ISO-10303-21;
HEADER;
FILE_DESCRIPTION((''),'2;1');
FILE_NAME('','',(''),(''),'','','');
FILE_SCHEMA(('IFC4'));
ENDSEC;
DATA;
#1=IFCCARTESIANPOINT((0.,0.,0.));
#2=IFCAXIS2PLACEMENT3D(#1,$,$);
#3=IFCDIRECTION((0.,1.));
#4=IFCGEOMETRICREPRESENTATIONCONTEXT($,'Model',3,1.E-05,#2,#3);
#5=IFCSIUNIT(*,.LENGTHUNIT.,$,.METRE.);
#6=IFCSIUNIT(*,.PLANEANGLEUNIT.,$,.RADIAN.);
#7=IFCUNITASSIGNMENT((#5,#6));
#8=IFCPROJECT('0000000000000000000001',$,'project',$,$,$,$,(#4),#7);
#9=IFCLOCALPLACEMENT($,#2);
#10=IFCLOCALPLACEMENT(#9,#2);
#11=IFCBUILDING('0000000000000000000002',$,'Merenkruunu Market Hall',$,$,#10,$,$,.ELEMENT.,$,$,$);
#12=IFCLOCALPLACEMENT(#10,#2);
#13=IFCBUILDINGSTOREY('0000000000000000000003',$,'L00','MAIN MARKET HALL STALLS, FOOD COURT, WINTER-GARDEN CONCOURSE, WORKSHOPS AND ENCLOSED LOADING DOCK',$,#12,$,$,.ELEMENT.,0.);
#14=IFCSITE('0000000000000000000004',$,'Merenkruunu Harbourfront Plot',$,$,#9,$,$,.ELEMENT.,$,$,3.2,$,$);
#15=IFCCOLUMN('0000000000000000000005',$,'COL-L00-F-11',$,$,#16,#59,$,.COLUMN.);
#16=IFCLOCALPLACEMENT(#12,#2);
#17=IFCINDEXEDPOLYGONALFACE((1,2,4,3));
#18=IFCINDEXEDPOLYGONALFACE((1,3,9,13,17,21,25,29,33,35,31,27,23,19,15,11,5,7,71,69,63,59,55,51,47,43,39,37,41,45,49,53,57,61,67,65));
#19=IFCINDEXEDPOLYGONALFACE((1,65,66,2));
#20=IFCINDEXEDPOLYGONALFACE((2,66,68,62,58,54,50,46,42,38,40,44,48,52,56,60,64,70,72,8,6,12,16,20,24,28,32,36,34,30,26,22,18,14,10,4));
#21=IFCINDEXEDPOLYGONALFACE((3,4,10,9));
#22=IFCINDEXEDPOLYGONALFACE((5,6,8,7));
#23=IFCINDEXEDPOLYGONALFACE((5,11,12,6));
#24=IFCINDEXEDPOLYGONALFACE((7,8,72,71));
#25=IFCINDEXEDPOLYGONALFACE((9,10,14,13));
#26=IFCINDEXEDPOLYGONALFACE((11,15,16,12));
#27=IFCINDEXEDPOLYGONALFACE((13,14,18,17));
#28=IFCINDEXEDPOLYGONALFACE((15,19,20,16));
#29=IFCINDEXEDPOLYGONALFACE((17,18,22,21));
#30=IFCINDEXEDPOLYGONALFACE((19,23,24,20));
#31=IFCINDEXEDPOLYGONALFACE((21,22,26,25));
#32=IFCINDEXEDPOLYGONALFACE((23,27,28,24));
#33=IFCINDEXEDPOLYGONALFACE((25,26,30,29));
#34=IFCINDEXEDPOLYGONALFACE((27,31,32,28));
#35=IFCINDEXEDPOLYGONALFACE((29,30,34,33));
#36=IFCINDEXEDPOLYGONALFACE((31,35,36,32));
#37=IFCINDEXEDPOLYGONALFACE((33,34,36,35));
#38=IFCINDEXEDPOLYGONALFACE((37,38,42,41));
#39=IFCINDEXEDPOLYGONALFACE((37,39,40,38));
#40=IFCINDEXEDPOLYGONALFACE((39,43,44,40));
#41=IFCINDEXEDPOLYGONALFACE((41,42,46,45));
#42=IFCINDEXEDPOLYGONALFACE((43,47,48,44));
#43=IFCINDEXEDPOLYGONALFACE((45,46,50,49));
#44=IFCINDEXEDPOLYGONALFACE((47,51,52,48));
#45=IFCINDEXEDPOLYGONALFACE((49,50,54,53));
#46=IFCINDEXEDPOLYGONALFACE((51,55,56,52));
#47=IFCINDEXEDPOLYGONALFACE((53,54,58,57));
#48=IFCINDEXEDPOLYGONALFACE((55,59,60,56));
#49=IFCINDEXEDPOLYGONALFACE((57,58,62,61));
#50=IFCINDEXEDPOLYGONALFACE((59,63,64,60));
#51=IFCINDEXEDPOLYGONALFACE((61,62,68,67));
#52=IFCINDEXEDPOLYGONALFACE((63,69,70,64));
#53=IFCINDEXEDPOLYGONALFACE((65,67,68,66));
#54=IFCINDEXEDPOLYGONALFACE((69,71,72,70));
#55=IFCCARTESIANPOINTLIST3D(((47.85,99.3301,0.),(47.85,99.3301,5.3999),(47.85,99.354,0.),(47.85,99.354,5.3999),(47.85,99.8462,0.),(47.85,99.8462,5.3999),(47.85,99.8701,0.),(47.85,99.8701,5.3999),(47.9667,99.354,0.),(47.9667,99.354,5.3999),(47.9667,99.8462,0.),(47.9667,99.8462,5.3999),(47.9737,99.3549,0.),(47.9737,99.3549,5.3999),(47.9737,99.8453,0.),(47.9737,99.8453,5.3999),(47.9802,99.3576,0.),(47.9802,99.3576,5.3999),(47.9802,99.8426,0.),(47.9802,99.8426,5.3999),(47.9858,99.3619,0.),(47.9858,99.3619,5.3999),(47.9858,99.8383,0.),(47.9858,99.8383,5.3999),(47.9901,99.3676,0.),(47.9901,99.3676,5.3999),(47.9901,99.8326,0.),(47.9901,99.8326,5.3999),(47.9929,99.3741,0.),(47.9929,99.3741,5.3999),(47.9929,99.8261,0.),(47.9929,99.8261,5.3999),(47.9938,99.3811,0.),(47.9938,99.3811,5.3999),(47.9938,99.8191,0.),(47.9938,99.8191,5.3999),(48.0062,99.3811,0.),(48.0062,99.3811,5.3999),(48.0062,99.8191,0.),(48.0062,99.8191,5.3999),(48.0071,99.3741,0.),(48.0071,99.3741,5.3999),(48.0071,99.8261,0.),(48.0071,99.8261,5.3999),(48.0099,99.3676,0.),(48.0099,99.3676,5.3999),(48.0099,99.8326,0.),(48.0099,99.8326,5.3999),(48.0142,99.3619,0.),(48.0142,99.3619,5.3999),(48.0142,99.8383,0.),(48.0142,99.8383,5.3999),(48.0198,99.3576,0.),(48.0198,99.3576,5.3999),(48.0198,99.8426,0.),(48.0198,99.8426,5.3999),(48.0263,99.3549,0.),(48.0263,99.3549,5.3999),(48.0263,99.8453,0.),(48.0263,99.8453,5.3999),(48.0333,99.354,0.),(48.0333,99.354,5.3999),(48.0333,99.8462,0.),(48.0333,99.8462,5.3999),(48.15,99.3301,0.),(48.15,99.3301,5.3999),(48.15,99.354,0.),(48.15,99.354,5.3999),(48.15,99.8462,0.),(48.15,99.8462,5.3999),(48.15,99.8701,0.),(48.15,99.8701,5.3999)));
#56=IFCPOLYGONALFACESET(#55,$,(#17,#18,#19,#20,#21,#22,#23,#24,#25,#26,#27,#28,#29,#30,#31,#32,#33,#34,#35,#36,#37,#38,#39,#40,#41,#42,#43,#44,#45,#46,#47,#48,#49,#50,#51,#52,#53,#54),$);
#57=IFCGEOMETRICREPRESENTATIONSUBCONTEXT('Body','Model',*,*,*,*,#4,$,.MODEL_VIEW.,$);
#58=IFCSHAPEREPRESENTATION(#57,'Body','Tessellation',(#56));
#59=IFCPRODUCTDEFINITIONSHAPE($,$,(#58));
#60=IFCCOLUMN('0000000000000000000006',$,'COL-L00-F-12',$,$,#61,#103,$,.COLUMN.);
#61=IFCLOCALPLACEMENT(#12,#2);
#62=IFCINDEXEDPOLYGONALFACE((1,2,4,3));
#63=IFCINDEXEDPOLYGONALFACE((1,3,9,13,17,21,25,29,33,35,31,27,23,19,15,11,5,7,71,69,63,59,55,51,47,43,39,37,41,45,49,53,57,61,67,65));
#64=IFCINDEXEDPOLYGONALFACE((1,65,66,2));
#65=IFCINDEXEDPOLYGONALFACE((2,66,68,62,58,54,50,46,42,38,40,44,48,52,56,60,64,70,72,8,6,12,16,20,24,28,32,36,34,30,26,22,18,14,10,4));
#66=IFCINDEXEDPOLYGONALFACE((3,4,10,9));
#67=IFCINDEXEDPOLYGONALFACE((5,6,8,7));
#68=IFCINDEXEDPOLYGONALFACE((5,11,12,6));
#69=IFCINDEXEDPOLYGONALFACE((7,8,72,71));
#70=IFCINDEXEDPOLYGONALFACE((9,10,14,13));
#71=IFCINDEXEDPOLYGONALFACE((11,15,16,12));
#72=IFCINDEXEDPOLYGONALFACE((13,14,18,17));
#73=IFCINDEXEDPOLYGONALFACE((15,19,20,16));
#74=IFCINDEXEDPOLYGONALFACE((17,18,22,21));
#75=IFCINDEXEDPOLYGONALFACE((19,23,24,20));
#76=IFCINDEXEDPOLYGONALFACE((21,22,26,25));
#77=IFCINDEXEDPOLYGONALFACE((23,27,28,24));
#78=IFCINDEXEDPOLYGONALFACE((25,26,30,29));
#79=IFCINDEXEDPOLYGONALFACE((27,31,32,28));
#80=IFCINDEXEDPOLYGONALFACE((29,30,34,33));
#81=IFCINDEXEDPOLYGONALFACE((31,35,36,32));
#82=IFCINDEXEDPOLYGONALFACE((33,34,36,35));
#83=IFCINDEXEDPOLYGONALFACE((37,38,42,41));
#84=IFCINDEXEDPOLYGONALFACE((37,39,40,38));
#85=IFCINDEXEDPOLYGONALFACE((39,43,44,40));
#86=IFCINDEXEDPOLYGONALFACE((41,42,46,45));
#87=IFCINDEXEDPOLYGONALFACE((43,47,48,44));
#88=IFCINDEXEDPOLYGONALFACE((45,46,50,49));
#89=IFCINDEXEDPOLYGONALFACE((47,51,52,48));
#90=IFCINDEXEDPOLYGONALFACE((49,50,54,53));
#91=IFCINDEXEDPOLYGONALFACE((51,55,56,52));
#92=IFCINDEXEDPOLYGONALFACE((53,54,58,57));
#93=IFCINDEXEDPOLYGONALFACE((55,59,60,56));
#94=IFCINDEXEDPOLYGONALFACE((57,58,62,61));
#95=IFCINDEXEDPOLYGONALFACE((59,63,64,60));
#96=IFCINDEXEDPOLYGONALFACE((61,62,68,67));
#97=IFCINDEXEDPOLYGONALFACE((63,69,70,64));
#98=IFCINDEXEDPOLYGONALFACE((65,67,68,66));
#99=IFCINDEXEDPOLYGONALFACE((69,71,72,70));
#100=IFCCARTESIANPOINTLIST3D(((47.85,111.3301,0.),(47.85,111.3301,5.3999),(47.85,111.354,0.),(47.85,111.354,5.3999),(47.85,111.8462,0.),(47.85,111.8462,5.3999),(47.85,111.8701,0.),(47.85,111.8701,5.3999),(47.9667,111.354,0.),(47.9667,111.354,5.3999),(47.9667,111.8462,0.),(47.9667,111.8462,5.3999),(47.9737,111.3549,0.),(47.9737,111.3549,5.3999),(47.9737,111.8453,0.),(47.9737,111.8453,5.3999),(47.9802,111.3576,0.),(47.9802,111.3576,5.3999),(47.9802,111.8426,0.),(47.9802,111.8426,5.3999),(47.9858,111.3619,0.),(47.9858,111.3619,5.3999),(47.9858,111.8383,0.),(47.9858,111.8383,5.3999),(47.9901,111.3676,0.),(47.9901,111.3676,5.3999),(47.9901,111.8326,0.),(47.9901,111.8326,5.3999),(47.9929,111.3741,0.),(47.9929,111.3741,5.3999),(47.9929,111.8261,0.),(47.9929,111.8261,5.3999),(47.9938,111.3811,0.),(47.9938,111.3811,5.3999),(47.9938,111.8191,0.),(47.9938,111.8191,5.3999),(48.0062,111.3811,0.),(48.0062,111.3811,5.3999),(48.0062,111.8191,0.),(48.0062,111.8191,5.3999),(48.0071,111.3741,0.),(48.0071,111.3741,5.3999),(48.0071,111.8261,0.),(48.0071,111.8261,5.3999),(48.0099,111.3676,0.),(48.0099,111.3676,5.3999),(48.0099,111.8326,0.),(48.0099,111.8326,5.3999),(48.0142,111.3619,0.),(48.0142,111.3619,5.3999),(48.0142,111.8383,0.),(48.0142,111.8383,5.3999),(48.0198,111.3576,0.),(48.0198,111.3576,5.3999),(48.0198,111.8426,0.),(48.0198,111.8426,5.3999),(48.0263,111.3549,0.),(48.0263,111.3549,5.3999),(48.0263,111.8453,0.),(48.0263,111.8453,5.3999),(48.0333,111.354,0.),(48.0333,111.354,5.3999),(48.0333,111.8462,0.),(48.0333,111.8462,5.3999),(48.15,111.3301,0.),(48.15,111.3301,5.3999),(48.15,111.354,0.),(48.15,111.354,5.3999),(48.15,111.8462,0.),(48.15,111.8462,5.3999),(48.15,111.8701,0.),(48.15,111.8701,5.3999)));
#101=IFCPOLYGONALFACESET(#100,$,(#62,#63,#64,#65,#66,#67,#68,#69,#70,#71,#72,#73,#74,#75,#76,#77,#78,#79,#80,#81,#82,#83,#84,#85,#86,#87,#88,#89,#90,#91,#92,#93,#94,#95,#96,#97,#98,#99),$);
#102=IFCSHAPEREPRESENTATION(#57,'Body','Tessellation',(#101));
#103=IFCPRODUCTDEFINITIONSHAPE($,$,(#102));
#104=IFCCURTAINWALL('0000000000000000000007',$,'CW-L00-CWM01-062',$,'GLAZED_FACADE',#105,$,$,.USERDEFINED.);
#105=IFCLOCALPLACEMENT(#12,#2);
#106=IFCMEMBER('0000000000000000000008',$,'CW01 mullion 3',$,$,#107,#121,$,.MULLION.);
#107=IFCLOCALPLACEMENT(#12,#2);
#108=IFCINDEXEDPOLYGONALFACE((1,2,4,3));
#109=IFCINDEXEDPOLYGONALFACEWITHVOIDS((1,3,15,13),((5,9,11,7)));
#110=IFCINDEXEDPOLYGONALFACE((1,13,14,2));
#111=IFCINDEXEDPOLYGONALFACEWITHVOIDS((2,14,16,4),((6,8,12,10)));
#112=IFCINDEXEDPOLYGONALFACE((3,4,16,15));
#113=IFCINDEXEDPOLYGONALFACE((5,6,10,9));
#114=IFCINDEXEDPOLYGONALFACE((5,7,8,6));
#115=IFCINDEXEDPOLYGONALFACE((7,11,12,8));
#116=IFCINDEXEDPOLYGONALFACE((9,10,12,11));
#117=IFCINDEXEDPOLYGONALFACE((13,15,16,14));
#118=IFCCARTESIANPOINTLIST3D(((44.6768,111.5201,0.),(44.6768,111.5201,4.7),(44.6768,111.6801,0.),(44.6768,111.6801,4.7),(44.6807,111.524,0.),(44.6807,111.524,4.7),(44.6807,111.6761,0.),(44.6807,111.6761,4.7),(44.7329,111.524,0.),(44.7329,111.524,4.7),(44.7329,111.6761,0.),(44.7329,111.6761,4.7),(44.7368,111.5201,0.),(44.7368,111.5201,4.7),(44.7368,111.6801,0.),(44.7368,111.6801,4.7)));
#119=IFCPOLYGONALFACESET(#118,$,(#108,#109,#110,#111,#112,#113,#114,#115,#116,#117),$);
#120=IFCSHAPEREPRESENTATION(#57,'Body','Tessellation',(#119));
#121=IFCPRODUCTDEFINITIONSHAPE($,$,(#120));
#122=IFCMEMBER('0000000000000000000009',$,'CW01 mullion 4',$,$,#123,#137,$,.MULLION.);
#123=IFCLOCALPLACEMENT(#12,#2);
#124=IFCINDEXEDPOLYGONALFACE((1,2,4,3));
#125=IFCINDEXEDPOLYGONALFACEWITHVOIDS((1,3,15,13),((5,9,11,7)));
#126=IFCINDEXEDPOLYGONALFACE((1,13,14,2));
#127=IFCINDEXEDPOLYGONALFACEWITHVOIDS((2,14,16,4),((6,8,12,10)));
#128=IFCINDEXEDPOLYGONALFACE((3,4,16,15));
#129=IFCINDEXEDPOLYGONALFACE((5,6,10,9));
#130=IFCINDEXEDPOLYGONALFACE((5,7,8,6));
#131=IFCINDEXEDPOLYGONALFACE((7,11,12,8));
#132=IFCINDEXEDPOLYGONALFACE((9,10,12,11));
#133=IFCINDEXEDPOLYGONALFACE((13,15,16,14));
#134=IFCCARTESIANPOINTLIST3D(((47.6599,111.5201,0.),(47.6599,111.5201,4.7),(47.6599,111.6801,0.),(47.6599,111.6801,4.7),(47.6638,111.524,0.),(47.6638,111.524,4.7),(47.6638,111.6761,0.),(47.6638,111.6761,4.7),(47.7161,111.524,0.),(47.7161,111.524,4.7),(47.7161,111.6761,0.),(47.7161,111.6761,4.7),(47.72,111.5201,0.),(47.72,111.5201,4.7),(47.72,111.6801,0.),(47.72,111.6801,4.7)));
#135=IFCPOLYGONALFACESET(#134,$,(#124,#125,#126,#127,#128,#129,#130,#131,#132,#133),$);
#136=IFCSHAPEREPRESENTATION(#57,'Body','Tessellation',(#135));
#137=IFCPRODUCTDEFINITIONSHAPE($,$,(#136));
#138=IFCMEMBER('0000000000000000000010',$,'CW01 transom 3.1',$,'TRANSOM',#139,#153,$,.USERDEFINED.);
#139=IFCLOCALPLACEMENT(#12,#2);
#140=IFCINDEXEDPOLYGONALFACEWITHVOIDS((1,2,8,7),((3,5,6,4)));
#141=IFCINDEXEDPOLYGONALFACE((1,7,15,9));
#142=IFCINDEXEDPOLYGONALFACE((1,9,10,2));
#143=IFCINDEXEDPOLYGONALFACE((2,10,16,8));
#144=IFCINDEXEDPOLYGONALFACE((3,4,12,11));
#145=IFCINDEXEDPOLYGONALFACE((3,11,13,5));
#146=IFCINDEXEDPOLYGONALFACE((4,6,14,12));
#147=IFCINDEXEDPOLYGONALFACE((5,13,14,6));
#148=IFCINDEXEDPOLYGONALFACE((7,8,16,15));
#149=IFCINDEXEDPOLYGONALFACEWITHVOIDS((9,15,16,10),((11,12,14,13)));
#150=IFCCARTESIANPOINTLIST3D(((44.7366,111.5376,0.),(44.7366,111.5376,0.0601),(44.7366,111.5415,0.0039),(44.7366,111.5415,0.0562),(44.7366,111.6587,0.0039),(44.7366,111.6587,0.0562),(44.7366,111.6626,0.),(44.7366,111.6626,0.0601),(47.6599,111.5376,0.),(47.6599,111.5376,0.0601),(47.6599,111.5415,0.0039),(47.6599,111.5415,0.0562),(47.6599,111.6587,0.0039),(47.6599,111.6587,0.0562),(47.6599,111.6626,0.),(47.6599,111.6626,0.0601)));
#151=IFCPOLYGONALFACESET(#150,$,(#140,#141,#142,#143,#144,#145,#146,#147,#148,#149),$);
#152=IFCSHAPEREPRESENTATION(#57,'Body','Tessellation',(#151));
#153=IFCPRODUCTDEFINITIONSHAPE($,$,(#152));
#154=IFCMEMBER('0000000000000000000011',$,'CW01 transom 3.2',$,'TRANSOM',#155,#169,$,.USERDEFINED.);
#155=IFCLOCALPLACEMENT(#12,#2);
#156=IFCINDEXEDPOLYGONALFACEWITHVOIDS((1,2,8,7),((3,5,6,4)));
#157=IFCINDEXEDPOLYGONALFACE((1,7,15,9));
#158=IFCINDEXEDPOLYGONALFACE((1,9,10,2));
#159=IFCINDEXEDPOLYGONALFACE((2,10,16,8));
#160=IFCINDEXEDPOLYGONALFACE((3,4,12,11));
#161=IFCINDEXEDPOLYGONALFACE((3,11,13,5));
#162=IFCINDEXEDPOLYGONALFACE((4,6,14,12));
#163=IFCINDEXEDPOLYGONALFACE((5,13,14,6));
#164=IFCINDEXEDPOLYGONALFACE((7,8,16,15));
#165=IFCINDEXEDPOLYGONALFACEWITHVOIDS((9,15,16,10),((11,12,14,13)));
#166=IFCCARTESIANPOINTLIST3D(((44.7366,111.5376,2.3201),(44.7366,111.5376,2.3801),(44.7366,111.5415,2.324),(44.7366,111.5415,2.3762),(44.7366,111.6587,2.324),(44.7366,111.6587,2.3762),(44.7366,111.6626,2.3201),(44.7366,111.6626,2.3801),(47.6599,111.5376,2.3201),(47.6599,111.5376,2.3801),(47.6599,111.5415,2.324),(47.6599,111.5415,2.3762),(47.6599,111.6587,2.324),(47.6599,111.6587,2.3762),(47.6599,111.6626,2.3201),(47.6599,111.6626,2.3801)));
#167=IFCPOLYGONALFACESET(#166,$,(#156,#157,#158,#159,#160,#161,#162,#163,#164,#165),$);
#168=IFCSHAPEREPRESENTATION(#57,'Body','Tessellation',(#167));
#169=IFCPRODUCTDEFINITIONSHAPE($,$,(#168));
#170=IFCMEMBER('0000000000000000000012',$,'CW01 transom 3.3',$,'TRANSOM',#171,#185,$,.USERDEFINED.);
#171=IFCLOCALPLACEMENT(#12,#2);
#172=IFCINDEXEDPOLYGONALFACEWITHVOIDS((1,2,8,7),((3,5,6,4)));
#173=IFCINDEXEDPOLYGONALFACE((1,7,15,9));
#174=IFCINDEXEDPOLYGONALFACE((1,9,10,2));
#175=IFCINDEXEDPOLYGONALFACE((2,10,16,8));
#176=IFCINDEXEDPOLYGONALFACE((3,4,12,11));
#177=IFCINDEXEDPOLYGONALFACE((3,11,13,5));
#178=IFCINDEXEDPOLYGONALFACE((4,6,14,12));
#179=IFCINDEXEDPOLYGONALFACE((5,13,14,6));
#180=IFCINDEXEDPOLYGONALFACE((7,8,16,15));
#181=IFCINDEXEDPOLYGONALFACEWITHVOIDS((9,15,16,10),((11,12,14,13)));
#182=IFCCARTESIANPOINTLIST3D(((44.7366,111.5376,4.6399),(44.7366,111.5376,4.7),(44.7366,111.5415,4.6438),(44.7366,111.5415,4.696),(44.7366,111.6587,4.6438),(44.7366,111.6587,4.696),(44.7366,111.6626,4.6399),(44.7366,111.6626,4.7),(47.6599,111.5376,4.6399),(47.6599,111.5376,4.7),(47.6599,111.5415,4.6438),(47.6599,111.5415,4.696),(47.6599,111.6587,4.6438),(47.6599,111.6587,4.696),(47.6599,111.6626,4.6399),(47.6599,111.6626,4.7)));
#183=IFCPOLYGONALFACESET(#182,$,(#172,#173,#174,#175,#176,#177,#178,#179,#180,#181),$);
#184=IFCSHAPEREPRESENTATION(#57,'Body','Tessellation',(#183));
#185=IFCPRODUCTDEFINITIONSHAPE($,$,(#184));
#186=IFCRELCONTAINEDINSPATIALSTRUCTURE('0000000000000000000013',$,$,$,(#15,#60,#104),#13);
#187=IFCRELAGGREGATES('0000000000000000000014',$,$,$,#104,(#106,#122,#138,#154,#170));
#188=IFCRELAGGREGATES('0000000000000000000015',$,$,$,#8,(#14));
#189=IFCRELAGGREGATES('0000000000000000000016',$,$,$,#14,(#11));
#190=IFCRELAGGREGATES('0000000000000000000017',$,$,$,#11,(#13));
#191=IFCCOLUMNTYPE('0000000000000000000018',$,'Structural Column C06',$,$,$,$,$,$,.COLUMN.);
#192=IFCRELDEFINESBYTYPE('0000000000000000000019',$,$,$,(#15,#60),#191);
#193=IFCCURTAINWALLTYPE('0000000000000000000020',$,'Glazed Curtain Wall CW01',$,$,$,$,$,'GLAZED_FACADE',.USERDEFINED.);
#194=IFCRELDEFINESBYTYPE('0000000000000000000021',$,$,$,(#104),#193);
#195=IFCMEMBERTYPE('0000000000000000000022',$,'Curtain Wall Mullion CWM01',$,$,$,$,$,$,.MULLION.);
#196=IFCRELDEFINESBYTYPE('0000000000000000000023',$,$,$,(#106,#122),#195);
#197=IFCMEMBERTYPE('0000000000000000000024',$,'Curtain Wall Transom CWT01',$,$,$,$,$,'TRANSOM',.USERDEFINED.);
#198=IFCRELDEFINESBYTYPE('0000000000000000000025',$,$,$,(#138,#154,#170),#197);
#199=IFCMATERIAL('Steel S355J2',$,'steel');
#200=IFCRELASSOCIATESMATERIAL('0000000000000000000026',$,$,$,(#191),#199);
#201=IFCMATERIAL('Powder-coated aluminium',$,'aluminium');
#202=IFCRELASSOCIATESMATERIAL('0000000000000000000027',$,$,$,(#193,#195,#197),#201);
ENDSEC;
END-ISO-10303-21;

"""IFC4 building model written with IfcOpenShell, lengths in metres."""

from ifc_helpers import new_model, si_unit, direction, frame, origin, origin_2d, place, context, subcontext, project, spatial, hollow_rectangle, i_section, extrude, material, material_profile, profile_set, type_object, element, aggregate, save


model = new_model("IFC4")

# Units and contexts
model_context = context("Model", 3, precision=1e-05, world=origin(), true_north=direction((0.0, 1.0)))
body_context = subcontext(model_context, "Body", "Model", "MODEL_VIEW")
ifc_project = project(units=[si_unit("LENGTHUNIT", "METRE"), si_unit("PLANEANGLEUNIT", "RADIAN")], contexts=[model_context])

# Site, building, storey
site_placement = place(None, origin())
site = spatial("IfcSite", under=ifc_project, at=site_placement, Name="Merenkruunu Harbourfront Plot", CompositionType="ELEMENT", RefElevation=3.2)
building_placement = place(site_placement, origin())
building = spatial("IfcBuilding", under=site, at=building_placement, Name="Merenkruunu Market Hall", CompositionType="ELEMENT")
storey_placement = place(building_placement, origin())
storey = spatial("IfcBuildingStorey", under=building, at=storey_placement, Name="L00", Description="MAIN MARKET HALL STALLS, FOOD COURT, WINTER-GARDEN CONCOURSE, WORKSHOPS AND ENCLOSED LOADING DOCK", CompositionType="ELEMENT", Elevation=0.0)

# Columns
ifc_material_1 = material(Name="Steel S355J2", Category="steel")
ifc_material_profile_1 = material_profile(ifc_material_1, i_section(OverallWidth=0.3, OverallDepth=0.54, WebThickness=0.0125, FlangeThickness=0.0239, FilletRadius=0.0271, at=origin_2d()), Name="HEA 550")
ifc_profile_set_1 = profile_set([ifc_material_profile_1], Name="Steel S355J2")
column_type = type_object("IfcColumnType", Name="Structural Column C06", PredefinedType="COLUMN", material=ifc_profile_set_1)
for number, where, z_axis, x_axis, name in (
    (1, (48.0, 99.6001, 0.0), (0.0, 0.0, 1.0), (1.0, 0.0, 0.0), "COL-L00-F-11"),
    (2, (48.0, 111.6001, 0.0), (0.0, 0.0, 1.0), (1.0, 0.0, 0.0), "COL-L00-F-12"),
):
    element("IfcColumn", number, at=place(storey_placement, frame(where, z_axis=z_axis, x_axis=x_axis)), inside=storey, type_object=column_type, Name=name, PredefinedType="COLUMN", context=body_context, shape_type="SweptSolid", body=[
        extrude(i_section(OverallWidth=0.3, OverallDepth=0.54, WebThickness=0.0125, FlangeThickness=0.0239, FilletRadius=0.0271, at=origin_2d()), origin(), (0.0, 0.0, 1.0), 5.3999),
    ])

# Curtain wall, members
ifc_material_2 = material(Name="Powder-coated aluminium", Category="aluminium")
curtain_wall_type = type_object("IfcCurtainWallType", Name="Glazed Curtain Wall CW01", ElementType="GLAZED_FACADE", PredefinedType="USERDEFINED", material=ifc_material_2)
curtain_wall_placement = place(storey_placement, origin())
curtain_wall = element("IfcCurtainWall", 3, at=curtain_wall_placement, inside=storey, type_object=curtain_wall_type, Name="CW-L00-CWM01-062", ObjectType="GLAZED_FACADE", PredefinedType="USERDEFINED")
ifc_material_profile_2 = material_profile(ifc_material_2, hollow_rectangle(XDim=0.0601, YDim=0.1599, WallThickness=0.0039, at=origin_2d()), Name="ALU 60x160x4")
ifc_profile_set_2 = profile_set([ifc_material_profile_2], Name="Powder-coated aluminium")
member_type_1 = type_object("IfcMemberType", Name="Curtain Wall Mullion CWM01", PredefinedType="MULLION", material=ifc_profile_set_2)
member_1_placement = place(storey_placement, frame((44.7068, 111.6001, 0.0), z_axis=(0.0, 0.0, 1.0), x_axis=(1.0, 0.0, 0.0)))
member_1 = element("IfcMember", 4, at=member_1_placement, type_object=member_type_1, Name="CW01 mullion 3", PredefinedType="MULLION", context=body_context, shape_type="SweptSolid", body=[
    extrude(hollow_rectangle(XDim=0.0601, YDim=0.1599, WallThickness=0.0039, at=origin_2d()), origin(), (0.0, 0.0, 1.0), 4.7),
])
member_2_placement = place(storey_placement, frame((47.6899, 111.6001, 0.0), z_axis=(0.0, 0.0, 1.0), x_axis=(1.0, 0.0, 0.0)))
member_2 = element("IfcMember", 5, at=member_2_placement, type_object=member_type_1, Name="CW01 mullion 4", PredefinedType="MULLION", context=body_context, shape_type="SweptSolid", body=[
    extrude(hollow_rectangle(XDim=0.0601, YDim=0.1599, WallThickness=0.0039, at=origin_2d()), origin(), (0.0, 0.0, 1.0), 4.7),
])
ifc_material_profile_3 = material_profile(ifc_material_2, hollow_rectangle(XDim=0.0601, YDim=0.125, WallThickness=0.0039, at=origin_2d()), Name="ALU 60x125x4")
ifc_profile_set_3 = profile_set([ifc_material_profile_3], Name="Powder-coated aluminium")
member_type_2 = type_object("IfcMemberType", Name="Curtain Wall Transom CWT01", ElementType="TRANSOM", PredefinedType="USERDEFINED", material=ifc_profile_set_3)
member_3_placement = place(storey_placement, frame((44.7366, 111.6001, 0.03), z_axis=(1.0, 0.0, 0.0), x_axis=(0.0, 0.0, 1.0)))
member_3 = element("IfcMember", 6, at=member_3_placement, type_object=member_type_2, Name="CW01 transom 3.1", ObjectType="TRANSOM", PredefinedType="USERDEFINED", context=body_context, shape_type="SweptSolid", body=[
    extrude(hollow_rectangle(XDim=0.0601, YDim=0.125, WallThickness=0.0039, at=origin_2d()), origin(), (0.0, 0.0, 1.0), 2.9233),
])
member_4_placement = place(storey_placement, frame((44.7366, 111.6001, 2.3501), z_axis=(1.0, 0.0, 0.0), x_axis=(0.0, 0.0, 1.0)))
member_4 = element("IfcMember", 7, at=member_4_placement, type_object=member_type_2, Name="CW01 transom 3.2", ObjectType="TRANSOM", PredefinedType="USERDEFINED", context=body_context, shape_type="SweptSolid", body=[
    extrude(hollow_rectangle(XDim=0.0601, YDim=0.125, WallThickness=0.0039, at=origin_2d()), origin(), (0.0, 0.0, 1.0), 2.9233),
])
member_5_placement = place(storey_placement, frame((44.7366, 111.6001, 4.6699), z_axis=(1.0, 0.0, 0.0), x_axis=(0.0, 0.0, 1.0)))
member_5 = element("IfcMember", 8, at=member_5_placement, type_object=member_type_2, Name="CW01 transom 3.3", ObjectType="TRANSOM", PredefinedType="USERDEFINED", context=body_context, shape_type="SweptSolid", body=[
    extrude(hollow_rectangle(XDim=0.0601, YDim=0.125, WallThickness=0.0039, at=origin_2d()), origin(), (0.0, 0.0, 1.0), 2.9233),
])

aggregate(curtain_wall, [member_1, member_2, member_3, member_4, member_5])

save(model, "model.ifc")
